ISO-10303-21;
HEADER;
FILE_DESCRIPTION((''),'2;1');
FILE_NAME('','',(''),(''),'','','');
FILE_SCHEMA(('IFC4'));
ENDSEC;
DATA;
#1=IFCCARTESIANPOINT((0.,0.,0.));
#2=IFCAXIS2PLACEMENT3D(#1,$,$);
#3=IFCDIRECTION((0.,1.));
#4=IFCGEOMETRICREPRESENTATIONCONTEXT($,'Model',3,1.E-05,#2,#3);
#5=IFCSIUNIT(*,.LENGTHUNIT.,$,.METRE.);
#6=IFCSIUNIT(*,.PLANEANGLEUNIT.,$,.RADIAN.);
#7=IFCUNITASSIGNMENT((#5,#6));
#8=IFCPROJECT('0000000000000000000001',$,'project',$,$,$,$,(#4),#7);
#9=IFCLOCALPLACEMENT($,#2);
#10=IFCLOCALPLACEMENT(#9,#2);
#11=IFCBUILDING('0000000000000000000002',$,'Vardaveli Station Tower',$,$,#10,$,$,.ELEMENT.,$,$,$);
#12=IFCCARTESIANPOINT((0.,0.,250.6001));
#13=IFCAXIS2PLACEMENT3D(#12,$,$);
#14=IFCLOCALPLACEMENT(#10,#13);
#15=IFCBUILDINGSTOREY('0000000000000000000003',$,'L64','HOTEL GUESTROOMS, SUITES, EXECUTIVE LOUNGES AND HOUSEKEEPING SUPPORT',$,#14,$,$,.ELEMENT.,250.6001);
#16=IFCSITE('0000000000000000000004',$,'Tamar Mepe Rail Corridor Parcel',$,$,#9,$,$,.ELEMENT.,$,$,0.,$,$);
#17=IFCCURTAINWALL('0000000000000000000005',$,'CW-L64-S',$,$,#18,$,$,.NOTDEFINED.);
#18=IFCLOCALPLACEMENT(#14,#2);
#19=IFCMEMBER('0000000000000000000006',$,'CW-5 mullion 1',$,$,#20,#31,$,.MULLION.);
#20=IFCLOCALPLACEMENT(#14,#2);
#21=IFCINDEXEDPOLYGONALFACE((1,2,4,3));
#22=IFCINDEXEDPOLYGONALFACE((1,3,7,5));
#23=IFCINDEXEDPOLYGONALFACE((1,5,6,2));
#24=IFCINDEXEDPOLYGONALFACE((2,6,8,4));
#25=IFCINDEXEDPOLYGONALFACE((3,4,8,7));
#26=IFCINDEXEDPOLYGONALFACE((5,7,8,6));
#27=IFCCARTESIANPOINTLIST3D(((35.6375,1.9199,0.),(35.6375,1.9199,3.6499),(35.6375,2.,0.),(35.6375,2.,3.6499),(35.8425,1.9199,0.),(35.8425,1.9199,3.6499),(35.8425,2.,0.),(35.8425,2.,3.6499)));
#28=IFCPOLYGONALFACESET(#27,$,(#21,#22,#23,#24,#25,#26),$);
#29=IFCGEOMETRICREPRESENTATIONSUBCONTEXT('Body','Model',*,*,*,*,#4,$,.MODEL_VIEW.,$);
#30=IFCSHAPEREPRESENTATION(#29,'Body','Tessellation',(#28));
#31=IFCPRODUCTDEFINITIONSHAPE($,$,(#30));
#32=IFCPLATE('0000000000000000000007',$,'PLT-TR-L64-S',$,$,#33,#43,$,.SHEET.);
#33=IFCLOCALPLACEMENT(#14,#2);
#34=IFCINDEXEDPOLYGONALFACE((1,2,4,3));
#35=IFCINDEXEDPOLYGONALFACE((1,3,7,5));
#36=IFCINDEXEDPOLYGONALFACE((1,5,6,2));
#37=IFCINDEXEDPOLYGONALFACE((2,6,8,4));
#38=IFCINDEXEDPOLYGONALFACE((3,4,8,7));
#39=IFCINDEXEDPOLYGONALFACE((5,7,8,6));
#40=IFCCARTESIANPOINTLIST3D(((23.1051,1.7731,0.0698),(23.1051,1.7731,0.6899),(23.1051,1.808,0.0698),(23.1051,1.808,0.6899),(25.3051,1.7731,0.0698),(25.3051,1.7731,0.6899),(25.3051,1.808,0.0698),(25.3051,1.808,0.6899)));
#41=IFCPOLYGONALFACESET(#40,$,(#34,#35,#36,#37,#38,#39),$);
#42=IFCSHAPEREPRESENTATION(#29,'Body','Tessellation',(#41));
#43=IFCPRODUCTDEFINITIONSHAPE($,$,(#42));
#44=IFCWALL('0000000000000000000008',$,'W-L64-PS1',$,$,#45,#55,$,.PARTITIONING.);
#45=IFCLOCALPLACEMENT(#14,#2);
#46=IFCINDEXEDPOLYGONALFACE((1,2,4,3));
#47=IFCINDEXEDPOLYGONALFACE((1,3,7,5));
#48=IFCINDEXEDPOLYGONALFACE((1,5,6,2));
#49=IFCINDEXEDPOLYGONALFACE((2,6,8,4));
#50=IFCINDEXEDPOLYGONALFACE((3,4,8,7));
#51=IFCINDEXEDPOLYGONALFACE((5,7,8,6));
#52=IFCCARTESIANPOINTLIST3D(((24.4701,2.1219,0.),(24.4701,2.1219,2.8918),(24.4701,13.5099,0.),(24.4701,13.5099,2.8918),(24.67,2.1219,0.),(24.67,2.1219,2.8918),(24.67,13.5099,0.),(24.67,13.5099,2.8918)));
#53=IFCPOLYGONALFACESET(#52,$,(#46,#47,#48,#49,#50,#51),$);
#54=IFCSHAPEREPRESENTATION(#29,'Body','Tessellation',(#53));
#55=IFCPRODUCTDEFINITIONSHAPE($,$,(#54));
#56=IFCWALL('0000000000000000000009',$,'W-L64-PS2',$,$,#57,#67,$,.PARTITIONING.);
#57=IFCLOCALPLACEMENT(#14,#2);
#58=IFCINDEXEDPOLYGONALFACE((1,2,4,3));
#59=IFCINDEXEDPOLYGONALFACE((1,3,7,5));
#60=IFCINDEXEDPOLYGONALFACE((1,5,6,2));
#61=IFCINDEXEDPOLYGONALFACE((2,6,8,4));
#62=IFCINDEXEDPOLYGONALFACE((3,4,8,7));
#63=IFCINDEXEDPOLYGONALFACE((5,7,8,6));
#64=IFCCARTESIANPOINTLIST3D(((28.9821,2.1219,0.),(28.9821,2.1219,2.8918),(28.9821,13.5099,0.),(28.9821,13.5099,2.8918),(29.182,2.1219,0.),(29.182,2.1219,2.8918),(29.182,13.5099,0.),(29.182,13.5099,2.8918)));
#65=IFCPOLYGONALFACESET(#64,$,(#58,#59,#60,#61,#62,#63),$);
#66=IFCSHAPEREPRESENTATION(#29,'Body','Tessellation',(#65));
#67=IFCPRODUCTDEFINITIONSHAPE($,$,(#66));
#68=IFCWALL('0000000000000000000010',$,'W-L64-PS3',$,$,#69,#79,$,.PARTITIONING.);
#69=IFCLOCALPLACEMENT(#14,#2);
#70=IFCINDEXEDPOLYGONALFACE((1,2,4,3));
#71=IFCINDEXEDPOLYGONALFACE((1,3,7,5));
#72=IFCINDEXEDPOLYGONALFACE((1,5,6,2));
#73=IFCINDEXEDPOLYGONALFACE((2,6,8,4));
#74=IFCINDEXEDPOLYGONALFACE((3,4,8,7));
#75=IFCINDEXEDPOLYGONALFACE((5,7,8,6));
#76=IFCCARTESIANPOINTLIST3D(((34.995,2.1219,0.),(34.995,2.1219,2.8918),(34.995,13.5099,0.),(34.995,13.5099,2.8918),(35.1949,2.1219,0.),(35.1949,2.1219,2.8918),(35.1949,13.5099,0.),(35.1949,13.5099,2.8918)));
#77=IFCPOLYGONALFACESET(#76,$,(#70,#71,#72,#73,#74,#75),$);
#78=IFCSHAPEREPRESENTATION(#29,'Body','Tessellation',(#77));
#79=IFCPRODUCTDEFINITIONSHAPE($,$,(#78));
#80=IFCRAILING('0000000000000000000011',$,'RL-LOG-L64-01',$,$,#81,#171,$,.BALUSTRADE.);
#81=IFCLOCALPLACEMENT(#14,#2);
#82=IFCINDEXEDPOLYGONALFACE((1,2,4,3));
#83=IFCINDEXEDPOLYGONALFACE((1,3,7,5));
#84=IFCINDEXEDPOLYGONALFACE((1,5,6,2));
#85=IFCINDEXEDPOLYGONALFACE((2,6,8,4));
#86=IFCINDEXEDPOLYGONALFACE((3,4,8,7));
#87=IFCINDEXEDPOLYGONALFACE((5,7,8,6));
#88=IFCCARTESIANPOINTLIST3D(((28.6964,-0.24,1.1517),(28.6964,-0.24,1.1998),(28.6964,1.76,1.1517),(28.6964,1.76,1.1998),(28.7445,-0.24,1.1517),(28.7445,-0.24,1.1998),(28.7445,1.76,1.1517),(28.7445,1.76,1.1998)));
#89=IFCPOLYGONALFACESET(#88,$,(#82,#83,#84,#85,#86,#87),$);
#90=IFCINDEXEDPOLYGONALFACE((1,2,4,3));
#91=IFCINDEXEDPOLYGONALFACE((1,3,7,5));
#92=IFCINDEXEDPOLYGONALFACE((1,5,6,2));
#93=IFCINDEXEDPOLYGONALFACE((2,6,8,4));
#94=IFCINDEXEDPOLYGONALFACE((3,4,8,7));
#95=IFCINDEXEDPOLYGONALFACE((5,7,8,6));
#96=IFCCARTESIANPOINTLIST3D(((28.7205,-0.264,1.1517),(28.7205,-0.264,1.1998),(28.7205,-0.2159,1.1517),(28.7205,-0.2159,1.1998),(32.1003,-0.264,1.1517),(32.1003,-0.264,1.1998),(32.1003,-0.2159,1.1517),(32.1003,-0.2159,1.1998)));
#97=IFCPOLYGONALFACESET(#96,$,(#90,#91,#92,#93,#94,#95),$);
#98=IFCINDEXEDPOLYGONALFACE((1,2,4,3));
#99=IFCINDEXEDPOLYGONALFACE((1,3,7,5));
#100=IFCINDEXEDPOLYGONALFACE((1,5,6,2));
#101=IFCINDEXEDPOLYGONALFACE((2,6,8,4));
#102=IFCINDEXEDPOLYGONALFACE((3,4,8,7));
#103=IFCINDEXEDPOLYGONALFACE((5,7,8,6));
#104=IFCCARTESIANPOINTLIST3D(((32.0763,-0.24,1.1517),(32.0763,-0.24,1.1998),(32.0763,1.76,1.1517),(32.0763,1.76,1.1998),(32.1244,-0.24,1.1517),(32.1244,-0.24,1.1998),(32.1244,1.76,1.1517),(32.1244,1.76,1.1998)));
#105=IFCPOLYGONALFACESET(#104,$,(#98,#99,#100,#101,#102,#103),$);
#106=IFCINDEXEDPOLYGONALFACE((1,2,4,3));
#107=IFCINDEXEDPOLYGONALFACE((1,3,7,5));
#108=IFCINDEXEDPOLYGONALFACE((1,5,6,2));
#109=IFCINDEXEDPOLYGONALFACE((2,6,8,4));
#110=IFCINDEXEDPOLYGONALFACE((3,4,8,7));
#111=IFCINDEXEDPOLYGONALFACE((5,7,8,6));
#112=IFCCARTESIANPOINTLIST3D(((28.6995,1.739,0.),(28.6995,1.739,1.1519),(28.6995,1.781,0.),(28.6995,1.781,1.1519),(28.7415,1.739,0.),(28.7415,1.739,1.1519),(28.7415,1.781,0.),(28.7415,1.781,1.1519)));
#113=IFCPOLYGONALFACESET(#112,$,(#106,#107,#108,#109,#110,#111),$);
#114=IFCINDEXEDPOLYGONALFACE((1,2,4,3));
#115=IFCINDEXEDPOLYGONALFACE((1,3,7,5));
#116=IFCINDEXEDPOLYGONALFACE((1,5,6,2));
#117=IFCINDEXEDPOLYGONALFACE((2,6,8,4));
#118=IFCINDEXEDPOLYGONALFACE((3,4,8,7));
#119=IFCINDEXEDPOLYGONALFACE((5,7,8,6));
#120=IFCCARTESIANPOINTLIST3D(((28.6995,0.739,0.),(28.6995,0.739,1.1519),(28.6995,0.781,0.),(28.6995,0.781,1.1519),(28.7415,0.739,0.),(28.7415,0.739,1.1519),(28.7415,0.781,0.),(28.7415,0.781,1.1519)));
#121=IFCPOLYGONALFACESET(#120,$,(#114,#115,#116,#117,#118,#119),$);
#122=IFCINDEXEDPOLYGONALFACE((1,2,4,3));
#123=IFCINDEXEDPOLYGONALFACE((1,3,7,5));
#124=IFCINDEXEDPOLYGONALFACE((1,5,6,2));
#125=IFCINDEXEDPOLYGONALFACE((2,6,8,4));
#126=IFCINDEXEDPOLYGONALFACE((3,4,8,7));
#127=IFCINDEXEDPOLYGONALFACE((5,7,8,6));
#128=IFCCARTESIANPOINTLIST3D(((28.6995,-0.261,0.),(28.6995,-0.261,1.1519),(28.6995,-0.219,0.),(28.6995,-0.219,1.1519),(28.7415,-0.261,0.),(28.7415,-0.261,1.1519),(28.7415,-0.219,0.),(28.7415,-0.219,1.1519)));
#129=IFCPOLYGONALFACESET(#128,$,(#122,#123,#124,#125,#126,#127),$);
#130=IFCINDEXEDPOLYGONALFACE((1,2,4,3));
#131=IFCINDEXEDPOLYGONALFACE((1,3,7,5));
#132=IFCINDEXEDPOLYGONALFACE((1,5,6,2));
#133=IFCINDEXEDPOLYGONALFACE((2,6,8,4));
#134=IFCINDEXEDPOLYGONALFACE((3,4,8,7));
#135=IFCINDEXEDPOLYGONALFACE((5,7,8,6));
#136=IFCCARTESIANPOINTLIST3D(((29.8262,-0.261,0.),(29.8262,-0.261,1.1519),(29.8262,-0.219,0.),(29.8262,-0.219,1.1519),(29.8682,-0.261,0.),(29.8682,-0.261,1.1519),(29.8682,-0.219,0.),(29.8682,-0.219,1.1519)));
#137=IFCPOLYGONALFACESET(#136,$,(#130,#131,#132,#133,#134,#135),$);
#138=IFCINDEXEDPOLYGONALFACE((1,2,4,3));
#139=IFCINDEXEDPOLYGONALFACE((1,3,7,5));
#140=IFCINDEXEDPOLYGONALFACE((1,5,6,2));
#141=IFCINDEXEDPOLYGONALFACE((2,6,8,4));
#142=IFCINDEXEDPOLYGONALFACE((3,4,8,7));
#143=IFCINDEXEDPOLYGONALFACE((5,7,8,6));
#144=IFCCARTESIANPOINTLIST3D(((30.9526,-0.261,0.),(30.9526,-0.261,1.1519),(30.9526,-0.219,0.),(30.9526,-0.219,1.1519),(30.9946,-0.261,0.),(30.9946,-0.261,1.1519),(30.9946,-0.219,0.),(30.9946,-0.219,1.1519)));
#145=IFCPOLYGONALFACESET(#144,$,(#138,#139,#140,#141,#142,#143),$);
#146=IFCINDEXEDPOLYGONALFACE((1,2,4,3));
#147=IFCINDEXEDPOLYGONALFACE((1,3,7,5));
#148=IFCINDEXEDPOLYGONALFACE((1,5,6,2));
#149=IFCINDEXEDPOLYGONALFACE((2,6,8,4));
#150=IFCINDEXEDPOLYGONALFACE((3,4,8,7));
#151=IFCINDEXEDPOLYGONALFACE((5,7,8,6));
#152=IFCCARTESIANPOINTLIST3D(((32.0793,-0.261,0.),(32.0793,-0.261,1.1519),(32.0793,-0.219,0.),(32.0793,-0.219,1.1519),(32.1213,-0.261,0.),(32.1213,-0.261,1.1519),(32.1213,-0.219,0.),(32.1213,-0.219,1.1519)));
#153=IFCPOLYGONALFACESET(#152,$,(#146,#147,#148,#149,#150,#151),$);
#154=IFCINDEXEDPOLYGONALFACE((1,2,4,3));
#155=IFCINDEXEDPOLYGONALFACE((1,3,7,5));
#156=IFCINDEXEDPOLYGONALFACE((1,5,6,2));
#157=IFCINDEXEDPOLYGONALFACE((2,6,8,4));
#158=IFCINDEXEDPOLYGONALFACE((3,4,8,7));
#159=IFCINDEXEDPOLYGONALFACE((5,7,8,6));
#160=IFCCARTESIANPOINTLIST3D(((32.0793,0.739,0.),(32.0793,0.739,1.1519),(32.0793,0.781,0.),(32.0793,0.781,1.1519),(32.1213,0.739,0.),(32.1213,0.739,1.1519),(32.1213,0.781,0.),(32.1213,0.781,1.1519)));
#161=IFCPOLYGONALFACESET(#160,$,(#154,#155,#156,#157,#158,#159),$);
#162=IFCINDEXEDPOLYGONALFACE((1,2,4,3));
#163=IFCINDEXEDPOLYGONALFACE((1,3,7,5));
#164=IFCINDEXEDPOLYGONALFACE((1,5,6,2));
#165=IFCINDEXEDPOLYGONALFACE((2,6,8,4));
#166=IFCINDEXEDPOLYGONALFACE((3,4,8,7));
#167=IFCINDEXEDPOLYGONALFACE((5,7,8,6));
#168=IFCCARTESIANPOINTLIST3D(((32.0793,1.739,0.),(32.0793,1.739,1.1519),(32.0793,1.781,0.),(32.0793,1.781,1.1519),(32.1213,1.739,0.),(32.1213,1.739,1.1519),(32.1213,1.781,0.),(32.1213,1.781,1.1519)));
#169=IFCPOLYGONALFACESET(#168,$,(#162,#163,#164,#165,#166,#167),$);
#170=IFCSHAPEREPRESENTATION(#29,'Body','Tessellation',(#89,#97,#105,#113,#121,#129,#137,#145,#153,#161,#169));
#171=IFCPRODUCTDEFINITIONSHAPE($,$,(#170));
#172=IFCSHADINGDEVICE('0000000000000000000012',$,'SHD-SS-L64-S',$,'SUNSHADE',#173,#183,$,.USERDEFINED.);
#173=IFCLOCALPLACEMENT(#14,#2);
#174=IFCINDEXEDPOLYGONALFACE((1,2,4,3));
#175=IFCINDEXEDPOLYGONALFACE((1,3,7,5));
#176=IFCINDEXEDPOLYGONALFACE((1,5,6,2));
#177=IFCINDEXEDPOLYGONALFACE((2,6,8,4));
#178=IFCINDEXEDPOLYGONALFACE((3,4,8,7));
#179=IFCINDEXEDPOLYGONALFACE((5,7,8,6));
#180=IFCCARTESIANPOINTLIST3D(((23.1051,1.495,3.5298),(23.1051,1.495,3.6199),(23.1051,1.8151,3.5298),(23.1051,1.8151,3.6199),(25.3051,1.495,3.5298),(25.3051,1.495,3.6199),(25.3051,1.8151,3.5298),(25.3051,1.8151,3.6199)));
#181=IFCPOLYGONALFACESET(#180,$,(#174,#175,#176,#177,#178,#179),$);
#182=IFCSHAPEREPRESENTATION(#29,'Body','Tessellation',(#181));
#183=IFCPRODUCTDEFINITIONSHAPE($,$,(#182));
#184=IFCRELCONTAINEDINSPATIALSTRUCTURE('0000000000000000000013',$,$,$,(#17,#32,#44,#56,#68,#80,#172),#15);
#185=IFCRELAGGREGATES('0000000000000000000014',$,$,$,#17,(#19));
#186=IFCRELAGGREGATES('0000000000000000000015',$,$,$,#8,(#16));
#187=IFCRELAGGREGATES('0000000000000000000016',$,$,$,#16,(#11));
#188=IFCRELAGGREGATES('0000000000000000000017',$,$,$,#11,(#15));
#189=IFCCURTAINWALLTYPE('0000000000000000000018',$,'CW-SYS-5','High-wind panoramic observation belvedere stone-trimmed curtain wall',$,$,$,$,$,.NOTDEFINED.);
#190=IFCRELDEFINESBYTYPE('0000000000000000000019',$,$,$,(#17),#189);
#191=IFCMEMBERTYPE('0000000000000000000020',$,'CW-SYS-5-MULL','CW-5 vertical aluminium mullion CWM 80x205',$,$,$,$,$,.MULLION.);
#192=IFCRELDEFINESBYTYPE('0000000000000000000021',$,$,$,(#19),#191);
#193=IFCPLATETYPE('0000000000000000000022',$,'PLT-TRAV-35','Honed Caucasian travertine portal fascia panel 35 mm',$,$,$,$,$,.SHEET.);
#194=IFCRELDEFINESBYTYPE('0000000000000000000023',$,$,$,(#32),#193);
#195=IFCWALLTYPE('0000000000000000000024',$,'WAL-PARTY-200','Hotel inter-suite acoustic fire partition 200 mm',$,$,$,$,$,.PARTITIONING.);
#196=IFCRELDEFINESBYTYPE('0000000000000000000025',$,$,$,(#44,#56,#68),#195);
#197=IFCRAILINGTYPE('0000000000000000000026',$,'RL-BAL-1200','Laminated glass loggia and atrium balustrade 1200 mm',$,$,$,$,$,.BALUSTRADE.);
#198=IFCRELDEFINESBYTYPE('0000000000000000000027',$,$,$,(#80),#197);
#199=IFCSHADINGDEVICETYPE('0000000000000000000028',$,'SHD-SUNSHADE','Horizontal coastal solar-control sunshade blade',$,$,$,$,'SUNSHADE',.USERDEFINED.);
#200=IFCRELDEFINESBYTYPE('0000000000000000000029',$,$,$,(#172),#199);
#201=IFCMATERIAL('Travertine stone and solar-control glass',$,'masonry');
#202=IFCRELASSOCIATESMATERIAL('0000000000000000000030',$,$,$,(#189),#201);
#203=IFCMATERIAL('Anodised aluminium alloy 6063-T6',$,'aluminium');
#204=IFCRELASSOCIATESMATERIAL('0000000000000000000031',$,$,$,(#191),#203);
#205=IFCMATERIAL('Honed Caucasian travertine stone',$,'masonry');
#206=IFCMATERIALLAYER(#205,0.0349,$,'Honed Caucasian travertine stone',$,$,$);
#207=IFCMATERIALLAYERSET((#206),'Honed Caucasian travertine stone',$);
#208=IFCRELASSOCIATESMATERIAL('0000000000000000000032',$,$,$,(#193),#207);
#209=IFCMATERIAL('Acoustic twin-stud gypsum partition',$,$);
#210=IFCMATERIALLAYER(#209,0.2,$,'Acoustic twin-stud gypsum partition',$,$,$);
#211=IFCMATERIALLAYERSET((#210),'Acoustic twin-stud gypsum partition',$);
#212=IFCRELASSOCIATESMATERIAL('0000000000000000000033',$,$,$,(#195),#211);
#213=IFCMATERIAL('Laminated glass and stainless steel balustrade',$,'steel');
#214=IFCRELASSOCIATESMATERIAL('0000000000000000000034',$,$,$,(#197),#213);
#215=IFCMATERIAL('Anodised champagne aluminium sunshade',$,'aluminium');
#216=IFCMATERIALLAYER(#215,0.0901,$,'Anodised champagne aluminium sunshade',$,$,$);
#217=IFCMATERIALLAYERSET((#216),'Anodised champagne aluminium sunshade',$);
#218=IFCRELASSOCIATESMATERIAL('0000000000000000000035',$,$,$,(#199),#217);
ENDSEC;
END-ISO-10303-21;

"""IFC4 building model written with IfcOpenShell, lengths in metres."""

from ifc_helpers import new_model, si_unit, direction, frame, frame_2d, origin, origin_2d, place, context, subcontext, project, spatial, rectangle, extrude, source, transform, mapped, material, layer, layer_set, material_profile, profile_set, type_object, element, aggregate, save


model = new_model("IFC4")

# Units and contexts
model_context = context("Model", 3, precision=1e-05, world=origin(), true_north=direction((0.0, 1.0)))
body_context = subcontext(model_context, "Body", "Model", "MODEL_VIEW")
ifc_project = project(units=[si_unit("LENGTHUNIT", "METRE"), si_unit("PLANEANGLEUNIT", "RADIAN")], contexts=[model_context])

# Site, building, storey
site_placement = place(None, origin())
site = spatial("IfcSite", under=ifc_project, at=site_placement, Name="Tamar Mepe Rail Corridor Parcel", CompositionType="ELEMENT", RefElevation=0.0)
building_placement = place(site_placement, origin())
building = spatial("IfcBuilding", under=site, at=building_placement, Name="Vardaveli Station Tower", CompositionType="ELEMENT")
storey_placement = place(building_placement, frame((0.0, 0.0, 250.6001)))
storey = spatial("IfcBuildingStorey", under=building, at=storey_placement, Name="L64", Description="HOTEL GUESTROOMS, SUITES, EXECUTIVE LOUNGES AND HOUSEKEEPING SUPPORT", CompositionType="ELEMENT", Elevation=250.6001)

# Curtain wall, member
ifc_material_1 = material(Name="Travertine stone and solar-control glass", Category="masonry")
curtain_wall_type = type_object("IfcCurtainWallType", Name="CW-SYS-5", Description="High-wind panoramic observation belvedere stone-trimmed curtain wall", PredefinedType="NOTDEFINED", material=ifc_material_1)
curtain_wall_placement = place(storey_placement, origin())
curtain_wall = element("IfcCurtainWall", 1, at=curtain_wall_placement, inside=storey, type_object=curtain_wall_type, Name="CW-L64-S", PredefinedType="NOTDEFINED")
ifc_material_2 = material(Name="Anodised aluminium alloy 6063-T6", Category="aluminium")
ifc_material_profile_1 = material_profile(ifc_material_2, rectangle(XDim=0.0801, YDim=0.2051, at=origin_2d()), Name="CWM 80x205")
ifc_profile_set_1 = profile_set([ifc_material_profile_1], Name="Anodised aluminium alloy 6063-T6")
member_type_1 = type_object("IfcMemberType", Name="CW-SYS-5-MULL", Description="CW-5 vertical aluminium mullion CWM 80x205", PredefinedType="MULLION", material=ifc_profile_set_1)
shared_shape_1 = source(origin(), body_context, "Body", "SweptSolid", [
    extrude(rectangle(XDim=0.0801, YDim=0.2051, at=origin_2d()), origin(), (0.0, 0.0, 1.0), 3.6499),
])
member_1_placement = place(storey_placement, frame((35.74, 1.96, 0.0), z_axis=(0.0, 0.0, 1.0), x_axis=(0.0, 1.0, 0.0)))
member_1 = element("IfcMember", 2, at=member_1_placement, type_object=member_type_1, Name="CW-5 mullion 1", PredefinedType="MULLION", context=body_context, shape_type="MappedRepresentation", body=[
    mapped(shared_shape_1, transform((0.0, 0.0, 0.0), scale=1.0)),
])
aggregate(curtain_wall, [member_1])

# Plate
ifc_material_3 = material(Name="Honed Caucasian travertine stone", Category="masonry")
ifc_layer_1 = layer(ifc_material_3, 0.0349, Name="Honed Caucasian travertine stone")
ifc_layer_set_1 = layer_set([ifc_layer_1], Name="Honed Caucasian travertine stone")
plate_type = type_object("IfcPlateType", Name="PLT-TRAV-35", Description="Honed Caucasian travertine portal fascia panel 35 mm", PredefinedType="SHEET", material=ifc_layer_set_1)
shared_shape_2 = source(origin(), body_context, "Body", "SweptSolid", [
    extrude(rectangle(XDim=2.2, YDim=0.0349, at=origin_2d()), origin(), (0.0, 0.0, 1.0), 0.6201),
])
plate_placement = place(storey_placement, frame((24.2051, 1.7905, 0.0698), z_axis=(0.0, 0.0, 1.0), x_axis=(1.0, 0.0, 0.0)))
element("IfcPlate", 3, at=plate_placement, inside=storey, type_object=plate_type, Name="PLT-TR-L64-S", PredefinedType="SHEET", context=body_context, shape_type="MappedRepresentation", body=[
    mapped(shared_shape_2, transform((0.0, 0.0, 0.0), scale=1.0)),
])

# Walls
ifc_material_4 = material(Name="Acoustic twin-stud gypsum partition")
ifc_layer_2 = layer(ifc_material_4, 0.2, Name="Acoustic twin-stud gypsum partition")
ifc_layer_set_2 = layer_set([ifc_layer_2], Name="Acoustic twin-stud gypsum partition")
wall_type = type_object("IfcWallType", Name="WAL-PARTY-200", Description="Hotel inter-suite acoustic fire partition 200 mm", PredefinedType="PARTITIONING", material=ifc_layer_set_2)
shared_shape_3 = source(origin(), body_context, "Body", "SweptSolid", [
    extrude(rectangle(XDim=11.3879, YDim=0.2, at=frame_2d((5.6938, 0.0))), origin(), (0.0, 0.0, 1.0), 2.8918),
])
for number, where, z_axis, x_axis, name in (
    (4, (24.5701, 2.1221, 0.0), (0.0, 0.0, 1.0), (0.0, 1.0, 0.0), "W-L64-PS1"),
    (5, (29.082, 2.1221, 0.0), (0.0, 0.0, 1.0), (0.0, 1.0, 0.0), "W-L64-PS2"),
    (6, (35.095, 2.1221, 0.0), (0.0, 0.0, 1.0), (0.0, 1.0, 0.0), "W-L64-PS3"),
):
    element("IfcWall", number, at=place(storey_placement, frame(where, z_axis=z_axis, x_axis=x_axis)), inside=storey, type_object=wall_type, Name=name, PredefinedType="PARTITIONING", context=body_context, shape_type="MappedRepresentation", body=[
        mapped(shared_shape_3, transform((0.0, 0.0, 0.0), scale=1.0)),
    ])

# Railing
ifc_material_5 = material(Name="Laminated glass and stainless steel balustrade", Category="steel")
railing_type = type_object("IfcRailingType", Name="RL-BAL-1200", Description="Laminated glass loggia and atrium balustrade 1200 mm", PredefinedType="BALUSTRADE", material=ifc_material_5)
shared_shape_4 = source(origin(), body_context, "Body", "SweptSolid", [
    extrude(rectangle(XDim=0.0481, YDim=0.0481, at=origin_2d()), frame((0.0, 0.0, 1.1758), z_axis=(0.0, -1.0, 0.0), x_axis=(1.0, 0.0, 0.0)), (0.0, 0.0, 1.0), 2.0),
    extrude(rectangle(XDim=0.0481, YDim=0.0481, at=origin_2d()), frame((0.0, -2.0, 1.1758), z_axis=(1.0, 0.0, 0.0), x_axis=(0.0, 1.0, 0.0)), (0.0, 0.0, 1.0), 3.3799),
    extrude(rectangle(XDim=0.0481, YDim=0.0481, at=origin_2d()), frame((3.3799, -2.0, 1.1758), z_axis=(0.0, 1.0, 0.0), x_axis=(-1.0, 0.0, 0.0)), (0.0, 0.0, 1.0), 2.0),
    extrude(rectangle(XDim=0.042, YDim=0.042, at=origin_2d()), origin(), (0.0, 0.0, 1.0), 1.1519),
    extrude(rectangle(XDim=0.042, YDim=0.042, at=origin_2d()), frame((0.0, -1.0, 0.0)), (0.0, 0.0, 1.0), 1.1519),
    extrude(rectangle(XDim=0.042, YDim=0.042, at=origin_2d()), frame((0.0, -2.0, 0.0)), (0.0, 0.0, 1.0), 1.1519),
    extrude(rectangle(XDim=0.042, YDim=0.042, at=origin_2d()), frame((1.1267, -2.0, 0.0)), (0.0, 0.0, 1.0), 1.1519),
    extrude(rectangle(XDim=0.042, YDim=0.042, at=origin_2d()), frame((2.2532, -2.0, 0.0)), (0.0, 0.0, 1.0), 1.1519),
    extrude(rectangle(XDim=0.042, YDim=0.042, at=origin_2d()), frame((3.3799, -2.0, 0.0)), (0.0, 0.0, 1.0), 1.1519),
    extrude(rectangle(XDim=0.042, YDim=0.042, at=origin_2d()), frame((3.3799, -1.0, 0.0)), (0.0, 0.0, 1.0), 1.1519),
    extrude(rectangle(XDim=0.042, YDim=0.042, at=origin_2d()), frame((3.3799, 0.0, 0.0)), (0.0, 0.0, 1.0), 1.1519),
])
railing_placement = place(storey_placement, frame((28.7205, 1.76, 0.0)))
element("IfcRailing", 7, at=railing_placement, inside=storey, type_object=railing_type, Name="RL-LOG-L64-01", PredefinedType="BALUSTRADE", context=body_context, shape_type="MappedRepresentation", body=[
    mapped(shared_shape_4, transform((0.0, 0.0, 0.0), scale=1.0)),
])

# Shading device
ifc_material_6 = material(Name="Anodised champagne aluminium sunshade", Category="aluminium")
ifc_layer_3 = layer(ifc_material_6, 0.0901, Name="Anodised champagne aluminium sunshade")
ifc_layer_set_3 = layer_set([ifc_layer_3], Name="Anodised champagne aluminium sunshade")
shading_device_type = type_object("IfcShadingDeviceType", Name="SHD-SUNSHADE", Description="Horizontal coastal solar-control sunshade blade", ElementType="SUNSHADE", PredefinedType="USERDEFINED", material=ifc_layer_set_3)
shared_shape_5 = source(origin(), body_context, "Body", "SweptSolid", [
    extrude(rectangle(XDim=2.2, YDim=0.3201, at=origin_2d()), origin(), (0.0, 0.0, 1.0), 0.0901),
])
shading_device_placement = place(storey_placement, frame((24.2051, 1.655, 3.5298), z_axis=(0.0, 0.0, 1.0), x_axis=(1.0, 0.0, 0.0)))
element("IfcShadingDevice", 8, at=shading_device_placement, inside=storey, type_object=shading_device_type, Name="SHD-SS-L64-S", ObjectType="SUNSHADE", PredefinedType="USERDEFINED", context=body_context, shape_type="MappedRepresentation", body=[
    mapped(shared_shape_5, transform((0.0, 0.0, 0.0), scale=1.0)),
])

save(model, "model.ifc")
